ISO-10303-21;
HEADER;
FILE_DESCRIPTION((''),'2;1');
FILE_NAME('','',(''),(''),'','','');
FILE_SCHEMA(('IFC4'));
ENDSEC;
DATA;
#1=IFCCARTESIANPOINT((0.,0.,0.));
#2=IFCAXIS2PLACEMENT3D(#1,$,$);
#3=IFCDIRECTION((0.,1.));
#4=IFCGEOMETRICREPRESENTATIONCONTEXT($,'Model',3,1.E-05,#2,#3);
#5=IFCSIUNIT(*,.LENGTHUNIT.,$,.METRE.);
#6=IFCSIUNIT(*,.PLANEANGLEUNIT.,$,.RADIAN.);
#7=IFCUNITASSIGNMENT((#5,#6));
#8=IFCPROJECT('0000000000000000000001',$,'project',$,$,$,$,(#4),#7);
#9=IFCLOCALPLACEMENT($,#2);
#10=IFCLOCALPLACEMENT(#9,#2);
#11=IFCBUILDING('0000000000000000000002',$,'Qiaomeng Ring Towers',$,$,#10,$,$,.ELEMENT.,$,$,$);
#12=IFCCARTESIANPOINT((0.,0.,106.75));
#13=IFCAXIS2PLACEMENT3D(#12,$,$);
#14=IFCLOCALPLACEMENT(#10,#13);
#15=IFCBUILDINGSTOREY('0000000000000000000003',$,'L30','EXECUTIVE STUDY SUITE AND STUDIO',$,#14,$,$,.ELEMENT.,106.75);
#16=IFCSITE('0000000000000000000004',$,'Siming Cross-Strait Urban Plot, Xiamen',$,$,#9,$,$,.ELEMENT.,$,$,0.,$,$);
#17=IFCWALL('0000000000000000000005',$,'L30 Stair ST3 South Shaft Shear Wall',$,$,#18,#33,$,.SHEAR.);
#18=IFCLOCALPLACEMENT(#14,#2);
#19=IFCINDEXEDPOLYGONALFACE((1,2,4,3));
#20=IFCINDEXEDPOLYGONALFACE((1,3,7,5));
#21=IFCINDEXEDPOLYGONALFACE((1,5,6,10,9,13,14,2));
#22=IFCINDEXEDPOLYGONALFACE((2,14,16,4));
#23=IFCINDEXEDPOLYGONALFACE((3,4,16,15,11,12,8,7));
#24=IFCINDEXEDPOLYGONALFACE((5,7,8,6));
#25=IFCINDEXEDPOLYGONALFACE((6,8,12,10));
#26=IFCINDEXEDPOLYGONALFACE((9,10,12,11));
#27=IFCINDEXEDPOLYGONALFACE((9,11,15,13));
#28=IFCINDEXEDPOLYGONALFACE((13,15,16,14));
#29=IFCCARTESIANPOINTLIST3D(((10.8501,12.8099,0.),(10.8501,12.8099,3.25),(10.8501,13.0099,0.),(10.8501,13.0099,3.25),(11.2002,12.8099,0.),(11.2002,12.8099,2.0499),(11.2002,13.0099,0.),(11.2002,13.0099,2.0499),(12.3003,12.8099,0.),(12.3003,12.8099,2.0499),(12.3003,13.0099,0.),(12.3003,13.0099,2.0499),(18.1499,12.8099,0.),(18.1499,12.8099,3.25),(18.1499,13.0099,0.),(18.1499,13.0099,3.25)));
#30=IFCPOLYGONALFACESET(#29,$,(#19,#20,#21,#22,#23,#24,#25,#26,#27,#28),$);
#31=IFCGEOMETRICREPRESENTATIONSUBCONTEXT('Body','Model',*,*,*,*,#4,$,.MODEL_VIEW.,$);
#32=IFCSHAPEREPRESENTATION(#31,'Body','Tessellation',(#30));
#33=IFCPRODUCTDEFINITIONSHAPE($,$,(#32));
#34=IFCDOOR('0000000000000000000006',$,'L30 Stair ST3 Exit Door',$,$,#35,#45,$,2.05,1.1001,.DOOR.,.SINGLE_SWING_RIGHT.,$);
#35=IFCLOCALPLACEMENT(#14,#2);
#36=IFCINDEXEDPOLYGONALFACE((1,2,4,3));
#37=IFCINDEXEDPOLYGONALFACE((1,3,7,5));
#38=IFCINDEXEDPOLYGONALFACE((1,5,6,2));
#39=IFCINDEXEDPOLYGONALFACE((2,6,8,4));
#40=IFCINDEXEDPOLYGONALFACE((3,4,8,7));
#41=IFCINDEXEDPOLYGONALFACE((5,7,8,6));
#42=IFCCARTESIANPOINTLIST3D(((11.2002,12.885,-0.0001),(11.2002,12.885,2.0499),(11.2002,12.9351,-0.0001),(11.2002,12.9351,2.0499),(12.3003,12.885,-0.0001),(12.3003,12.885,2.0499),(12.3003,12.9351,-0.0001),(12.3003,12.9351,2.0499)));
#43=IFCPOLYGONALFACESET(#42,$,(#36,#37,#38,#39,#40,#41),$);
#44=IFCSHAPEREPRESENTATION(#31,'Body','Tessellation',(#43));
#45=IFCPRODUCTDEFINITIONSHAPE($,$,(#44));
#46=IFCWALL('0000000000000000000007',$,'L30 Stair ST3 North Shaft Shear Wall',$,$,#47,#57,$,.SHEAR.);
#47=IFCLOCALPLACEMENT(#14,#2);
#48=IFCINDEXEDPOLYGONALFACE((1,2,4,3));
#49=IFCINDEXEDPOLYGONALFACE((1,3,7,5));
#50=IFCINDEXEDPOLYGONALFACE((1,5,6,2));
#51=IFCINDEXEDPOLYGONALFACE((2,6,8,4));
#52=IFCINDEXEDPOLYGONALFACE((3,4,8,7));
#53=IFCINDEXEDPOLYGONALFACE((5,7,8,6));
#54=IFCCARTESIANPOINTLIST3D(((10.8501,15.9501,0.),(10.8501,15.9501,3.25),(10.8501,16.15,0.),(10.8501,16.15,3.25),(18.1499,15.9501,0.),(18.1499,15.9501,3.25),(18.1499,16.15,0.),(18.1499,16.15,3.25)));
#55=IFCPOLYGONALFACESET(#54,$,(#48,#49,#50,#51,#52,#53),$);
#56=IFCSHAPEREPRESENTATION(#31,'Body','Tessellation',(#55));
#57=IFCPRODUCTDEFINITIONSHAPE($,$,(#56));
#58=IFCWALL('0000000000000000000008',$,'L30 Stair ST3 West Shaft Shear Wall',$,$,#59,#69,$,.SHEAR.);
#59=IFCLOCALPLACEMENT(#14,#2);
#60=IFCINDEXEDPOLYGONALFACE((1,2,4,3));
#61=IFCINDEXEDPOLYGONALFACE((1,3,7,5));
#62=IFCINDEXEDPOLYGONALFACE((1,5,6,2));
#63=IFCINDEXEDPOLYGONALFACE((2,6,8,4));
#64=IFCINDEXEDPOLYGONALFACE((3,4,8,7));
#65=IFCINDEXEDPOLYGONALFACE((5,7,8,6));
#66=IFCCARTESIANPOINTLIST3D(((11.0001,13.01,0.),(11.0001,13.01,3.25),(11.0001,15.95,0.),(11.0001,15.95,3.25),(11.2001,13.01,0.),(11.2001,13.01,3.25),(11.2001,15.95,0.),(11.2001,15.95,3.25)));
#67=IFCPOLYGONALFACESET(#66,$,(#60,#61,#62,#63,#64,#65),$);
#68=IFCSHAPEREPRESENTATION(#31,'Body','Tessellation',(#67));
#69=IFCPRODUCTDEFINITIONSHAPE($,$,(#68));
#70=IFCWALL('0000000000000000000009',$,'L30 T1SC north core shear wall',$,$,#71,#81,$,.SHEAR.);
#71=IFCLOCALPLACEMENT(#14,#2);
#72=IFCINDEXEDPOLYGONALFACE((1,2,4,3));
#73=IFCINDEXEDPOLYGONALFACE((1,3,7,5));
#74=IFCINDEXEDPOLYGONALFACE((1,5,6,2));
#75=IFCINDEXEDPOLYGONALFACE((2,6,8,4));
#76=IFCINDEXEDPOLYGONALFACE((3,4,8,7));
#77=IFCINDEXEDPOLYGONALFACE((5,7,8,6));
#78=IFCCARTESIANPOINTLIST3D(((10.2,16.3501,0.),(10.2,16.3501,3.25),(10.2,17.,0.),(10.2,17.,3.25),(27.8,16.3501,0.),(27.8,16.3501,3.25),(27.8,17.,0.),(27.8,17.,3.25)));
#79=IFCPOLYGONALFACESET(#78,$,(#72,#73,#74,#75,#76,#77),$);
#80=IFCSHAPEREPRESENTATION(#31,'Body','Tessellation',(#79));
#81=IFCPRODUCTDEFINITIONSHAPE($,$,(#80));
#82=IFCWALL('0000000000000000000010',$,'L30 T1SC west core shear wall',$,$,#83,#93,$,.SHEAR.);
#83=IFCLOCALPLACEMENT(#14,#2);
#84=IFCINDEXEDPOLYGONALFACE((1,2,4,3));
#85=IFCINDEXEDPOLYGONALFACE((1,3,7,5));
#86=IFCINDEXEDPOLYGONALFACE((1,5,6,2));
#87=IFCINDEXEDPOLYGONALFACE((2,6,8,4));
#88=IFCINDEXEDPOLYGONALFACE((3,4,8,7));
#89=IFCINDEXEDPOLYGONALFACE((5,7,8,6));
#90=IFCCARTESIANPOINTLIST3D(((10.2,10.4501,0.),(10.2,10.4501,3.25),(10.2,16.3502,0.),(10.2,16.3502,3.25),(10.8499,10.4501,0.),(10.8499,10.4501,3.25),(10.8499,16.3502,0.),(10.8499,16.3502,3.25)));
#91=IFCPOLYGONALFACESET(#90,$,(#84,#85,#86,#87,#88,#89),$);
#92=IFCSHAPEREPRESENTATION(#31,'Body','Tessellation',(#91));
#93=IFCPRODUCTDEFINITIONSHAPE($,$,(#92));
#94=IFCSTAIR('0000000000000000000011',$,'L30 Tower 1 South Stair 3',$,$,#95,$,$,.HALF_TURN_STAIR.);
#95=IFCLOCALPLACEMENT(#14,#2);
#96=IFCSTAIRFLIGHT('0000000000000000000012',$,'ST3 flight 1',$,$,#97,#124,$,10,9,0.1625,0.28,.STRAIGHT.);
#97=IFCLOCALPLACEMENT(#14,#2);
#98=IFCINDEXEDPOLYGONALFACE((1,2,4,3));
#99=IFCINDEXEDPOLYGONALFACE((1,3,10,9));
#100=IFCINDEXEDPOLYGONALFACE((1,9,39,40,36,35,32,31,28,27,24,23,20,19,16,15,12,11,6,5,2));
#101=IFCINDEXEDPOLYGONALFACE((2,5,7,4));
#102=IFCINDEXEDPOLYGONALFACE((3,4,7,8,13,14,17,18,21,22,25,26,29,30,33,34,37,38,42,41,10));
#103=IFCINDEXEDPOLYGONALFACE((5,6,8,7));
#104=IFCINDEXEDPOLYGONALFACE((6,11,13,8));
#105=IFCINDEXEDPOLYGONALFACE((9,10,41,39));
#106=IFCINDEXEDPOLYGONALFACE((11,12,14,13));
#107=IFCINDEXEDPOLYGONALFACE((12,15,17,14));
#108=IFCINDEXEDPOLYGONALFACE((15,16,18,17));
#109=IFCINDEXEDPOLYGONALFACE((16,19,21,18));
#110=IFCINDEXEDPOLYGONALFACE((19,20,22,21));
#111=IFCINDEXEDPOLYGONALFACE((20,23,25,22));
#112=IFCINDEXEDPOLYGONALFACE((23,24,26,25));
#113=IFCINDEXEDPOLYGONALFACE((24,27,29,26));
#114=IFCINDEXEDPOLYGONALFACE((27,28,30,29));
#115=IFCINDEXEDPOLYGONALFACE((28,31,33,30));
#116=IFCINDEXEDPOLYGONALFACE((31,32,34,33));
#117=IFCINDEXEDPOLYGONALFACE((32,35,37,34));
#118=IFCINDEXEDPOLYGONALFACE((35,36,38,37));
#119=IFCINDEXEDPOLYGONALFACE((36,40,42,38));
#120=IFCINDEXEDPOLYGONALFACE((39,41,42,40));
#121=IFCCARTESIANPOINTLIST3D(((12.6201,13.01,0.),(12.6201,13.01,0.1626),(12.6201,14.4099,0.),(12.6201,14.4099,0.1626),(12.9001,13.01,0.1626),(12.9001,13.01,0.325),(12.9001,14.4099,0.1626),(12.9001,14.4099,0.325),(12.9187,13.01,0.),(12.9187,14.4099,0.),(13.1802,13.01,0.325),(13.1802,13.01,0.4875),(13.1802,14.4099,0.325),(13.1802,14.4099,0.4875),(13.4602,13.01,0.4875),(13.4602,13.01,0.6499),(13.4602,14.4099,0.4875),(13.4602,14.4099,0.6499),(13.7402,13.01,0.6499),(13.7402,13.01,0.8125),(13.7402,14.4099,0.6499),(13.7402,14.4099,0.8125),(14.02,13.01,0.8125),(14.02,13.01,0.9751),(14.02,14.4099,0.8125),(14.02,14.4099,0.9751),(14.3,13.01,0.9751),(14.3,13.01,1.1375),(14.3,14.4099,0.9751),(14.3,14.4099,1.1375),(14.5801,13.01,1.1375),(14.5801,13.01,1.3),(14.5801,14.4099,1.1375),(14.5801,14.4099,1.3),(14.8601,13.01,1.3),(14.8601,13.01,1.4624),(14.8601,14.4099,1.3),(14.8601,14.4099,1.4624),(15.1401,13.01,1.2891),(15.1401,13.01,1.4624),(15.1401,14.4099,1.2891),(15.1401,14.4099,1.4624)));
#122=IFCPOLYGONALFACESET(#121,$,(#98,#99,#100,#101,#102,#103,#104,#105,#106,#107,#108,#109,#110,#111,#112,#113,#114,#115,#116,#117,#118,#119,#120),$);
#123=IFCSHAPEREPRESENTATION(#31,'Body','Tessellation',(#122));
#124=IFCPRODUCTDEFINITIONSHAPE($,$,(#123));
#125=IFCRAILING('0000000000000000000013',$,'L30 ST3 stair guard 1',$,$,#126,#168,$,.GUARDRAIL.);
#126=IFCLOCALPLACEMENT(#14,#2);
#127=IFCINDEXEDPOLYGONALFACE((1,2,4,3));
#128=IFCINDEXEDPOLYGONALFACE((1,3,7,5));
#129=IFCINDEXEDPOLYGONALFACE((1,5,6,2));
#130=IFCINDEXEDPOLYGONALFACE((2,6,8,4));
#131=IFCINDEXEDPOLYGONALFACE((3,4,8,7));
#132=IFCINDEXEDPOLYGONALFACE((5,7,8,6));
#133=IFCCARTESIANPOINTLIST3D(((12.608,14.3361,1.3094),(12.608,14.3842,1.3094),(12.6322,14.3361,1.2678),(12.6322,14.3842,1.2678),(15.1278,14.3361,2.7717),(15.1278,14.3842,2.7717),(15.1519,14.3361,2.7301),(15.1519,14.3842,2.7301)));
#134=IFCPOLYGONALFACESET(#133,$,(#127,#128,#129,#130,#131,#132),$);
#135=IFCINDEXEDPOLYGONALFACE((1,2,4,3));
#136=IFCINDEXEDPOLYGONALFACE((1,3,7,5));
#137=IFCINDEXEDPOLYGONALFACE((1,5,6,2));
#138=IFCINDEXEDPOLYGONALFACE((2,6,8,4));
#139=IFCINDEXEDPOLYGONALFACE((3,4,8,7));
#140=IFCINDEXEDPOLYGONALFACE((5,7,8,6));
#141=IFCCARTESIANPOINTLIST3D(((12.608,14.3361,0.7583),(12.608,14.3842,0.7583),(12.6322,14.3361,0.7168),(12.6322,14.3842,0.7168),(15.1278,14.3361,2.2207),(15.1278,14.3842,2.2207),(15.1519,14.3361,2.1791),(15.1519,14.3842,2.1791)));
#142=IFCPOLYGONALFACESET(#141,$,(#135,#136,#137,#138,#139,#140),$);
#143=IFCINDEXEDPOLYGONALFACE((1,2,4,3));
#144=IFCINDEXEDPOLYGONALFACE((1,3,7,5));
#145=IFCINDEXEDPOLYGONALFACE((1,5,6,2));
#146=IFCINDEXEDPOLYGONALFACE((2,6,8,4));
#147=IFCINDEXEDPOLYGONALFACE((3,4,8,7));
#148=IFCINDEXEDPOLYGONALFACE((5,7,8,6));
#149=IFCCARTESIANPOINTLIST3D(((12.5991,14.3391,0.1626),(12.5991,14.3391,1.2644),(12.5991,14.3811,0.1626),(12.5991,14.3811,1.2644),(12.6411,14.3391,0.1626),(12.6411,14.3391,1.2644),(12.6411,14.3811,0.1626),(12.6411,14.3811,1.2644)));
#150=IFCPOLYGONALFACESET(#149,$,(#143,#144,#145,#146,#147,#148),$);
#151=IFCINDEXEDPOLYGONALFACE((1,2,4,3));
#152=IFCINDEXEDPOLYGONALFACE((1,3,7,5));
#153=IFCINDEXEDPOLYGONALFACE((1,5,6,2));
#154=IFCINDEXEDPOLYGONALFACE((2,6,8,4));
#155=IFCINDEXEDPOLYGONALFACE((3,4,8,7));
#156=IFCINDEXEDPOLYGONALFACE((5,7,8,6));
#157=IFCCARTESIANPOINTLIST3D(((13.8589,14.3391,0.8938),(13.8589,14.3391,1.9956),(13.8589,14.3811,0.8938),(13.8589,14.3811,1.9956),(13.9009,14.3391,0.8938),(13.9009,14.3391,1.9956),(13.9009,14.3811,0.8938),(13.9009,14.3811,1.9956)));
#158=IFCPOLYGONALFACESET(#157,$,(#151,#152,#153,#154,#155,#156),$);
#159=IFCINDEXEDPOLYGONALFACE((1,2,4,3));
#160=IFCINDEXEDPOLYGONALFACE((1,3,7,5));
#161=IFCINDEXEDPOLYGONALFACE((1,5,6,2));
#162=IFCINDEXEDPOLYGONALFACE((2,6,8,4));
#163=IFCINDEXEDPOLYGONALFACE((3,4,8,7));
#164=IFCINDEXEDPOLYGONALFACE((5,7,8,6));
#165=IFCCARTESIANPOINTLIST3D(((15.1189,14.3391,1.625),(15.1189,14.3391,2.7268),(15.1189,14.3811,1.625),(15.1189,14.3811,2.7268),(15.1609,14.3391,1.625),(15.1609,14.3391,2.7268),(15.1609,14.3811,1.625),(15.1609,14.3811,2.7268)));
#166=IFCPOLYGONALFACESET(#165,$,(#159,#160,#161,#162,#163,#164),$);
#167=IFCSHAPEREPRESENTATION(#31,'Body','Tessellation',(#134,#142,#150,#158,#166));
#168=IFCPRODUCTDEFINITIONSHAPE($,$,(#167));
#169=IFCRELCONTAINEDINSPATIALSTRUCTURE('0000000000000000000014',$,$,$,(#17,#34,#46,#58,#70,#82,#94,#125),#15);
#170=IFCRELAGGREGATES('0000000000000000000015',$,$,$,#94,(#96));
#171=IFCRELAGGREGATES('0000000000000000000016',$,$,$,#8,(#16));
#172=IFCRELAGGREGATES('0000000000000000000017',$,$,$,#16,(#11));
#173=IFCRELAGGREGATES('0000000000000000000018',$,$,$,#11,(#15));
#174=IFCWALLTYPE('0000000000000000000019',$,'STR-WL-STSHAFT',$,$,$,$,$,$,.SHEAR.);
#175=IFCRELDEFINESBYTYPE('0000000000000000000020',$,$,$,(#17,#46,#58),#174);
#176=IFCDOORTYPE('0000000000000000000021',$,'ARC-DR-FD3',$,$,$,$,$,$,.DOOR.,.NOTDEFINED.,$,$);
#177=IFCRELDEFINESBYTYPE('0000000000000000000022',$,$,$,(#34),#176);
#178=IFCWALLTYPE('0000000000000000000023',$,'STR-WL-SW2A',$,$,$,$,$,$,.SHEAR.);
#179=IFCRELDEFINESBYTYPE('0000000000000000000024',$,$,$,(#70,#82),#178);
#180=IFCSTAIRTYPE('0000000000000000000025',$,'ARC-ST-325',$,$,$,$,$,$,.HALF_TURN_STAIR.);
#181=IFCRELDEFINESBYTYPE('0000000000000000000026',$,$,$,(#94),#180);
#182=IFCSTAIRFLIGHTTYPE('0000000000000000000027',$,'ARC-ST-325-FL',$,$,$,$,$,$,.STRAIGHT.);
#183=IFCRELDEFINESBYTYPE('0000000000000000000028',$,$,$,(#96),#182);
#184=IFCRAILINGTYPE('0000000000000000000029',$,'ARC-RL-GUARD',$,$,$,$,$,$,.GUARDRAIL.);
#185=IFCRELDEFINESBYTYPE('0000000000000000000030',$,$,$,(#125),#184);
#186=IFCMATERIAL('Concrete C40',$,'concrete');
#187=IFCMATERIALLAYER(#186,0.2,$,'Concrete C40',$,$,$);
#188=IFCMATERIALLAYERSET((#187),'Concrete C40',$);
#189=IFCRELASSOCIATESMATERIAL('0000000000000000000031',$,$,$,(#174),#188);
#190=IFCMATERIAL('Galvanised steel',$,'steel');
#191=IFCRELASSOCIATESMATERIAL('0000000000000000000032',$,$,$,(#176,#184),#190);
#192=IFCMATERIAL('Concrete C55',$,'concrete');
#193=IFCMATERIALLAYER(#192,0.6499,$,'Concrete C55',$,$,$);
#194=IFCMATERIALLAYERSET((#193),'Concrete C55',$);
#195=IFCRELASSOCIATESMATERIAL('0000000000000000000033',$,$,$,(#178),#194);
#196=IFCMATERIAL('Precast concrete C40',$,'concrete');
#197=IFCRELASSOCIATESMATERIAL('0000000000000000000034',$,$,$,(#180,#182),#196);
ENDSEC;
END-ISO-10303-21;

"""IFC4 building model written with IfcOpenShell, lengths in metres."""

from ifc_helpers import new_model, si_unit, direction, frame, frame_2d, origin, origin_2d, place, context, subcontext, project, spatial, polyline, rectangle, outline, extrude, source, transform, mapped, material, layer, layer_set, type_object, element, fill, aggregate, save


model = new_model("IFC4")

# Units and contexts
model_context = context("Model", 3, precision=1e-05, world=origin(), true_north=direction((0.0, 1.0)))
body_context = subcontext(model_context, "Body", "Model", "MODEL_VIEW")
ifc_project = project(units=[si_unit("LENGTHUNIT", "METRE"), si_unit("PLANEANGLEUNIT", "RADIAN")], contexts=[model_context])

# Site, building, storey
site_placement = place(None, origin())
site = spatial("IfcSite", under=ifc_project, at=site_placement, Name="Siming Cross-Strait Urban Plot, Xiamen", CompositionType="ELEMENT", RefElevation=0.0)
building_placement = place(site_placement, origin())
building = spatial("IfcBuilding", under=site, at=building_placement, Name="Qiaomeng Ring Towers", CompositionType="ELEMENT")
storey_placement = place(building_placement, frame((0.0, 0.0, 106.75)))
storey = spatial("IfcBuildingStorey", under=building, at=storey_placement, Name="L30", Description="EXECUTIVE STUDY SUITE AND STUDIO", CompositionType="ELEMENT", Elevation=106.75)

# Wall, opening, door
ifc_material_1 = material(Name="Concrete C40", Category="concrete")
ifc_layer_1 = layer(ifc_material_1, 0.2, Name="Concrete C40")
ifc_layer_set_1 = layer_set([ifc_layer_1], Name="Concrete C40")
wall_type_1 = type_object("IfcWallType", Name="STR-WL-STSHAFT", PredefinedType="SHEAR", material=ifc_layer_set_1)
wall_1_placement = place(storey_placement, frame((10.8501, 12.9099, 0.0), z_axis=(0.0, 0.0, 1.0), x_axis=(1.0, 0.0, 0.0)))
wall_1 = element("IfcWall", 1, at=wall_1_placement, inside=storey, type_object=wall_type_1, Name="L30 Stair ST3 South Shaft Shear Wall", PredefinedType="SHEAR", context=body_context, shape_type="SweptSolid", body=[
    extrude(rectangle(XDim=7.2998, YDim=0.2, at=frame_2d((3.6499, 0.0))), origin(), (0.0, 0.0, 1.0), 3.25),
])
opening_1_placement = place(wall_1_placement, frame((0.3501, 0.0, 0.0)))
opening_1 = element("IfcOpeningElement", 2, at=opening_1_placement, cuts=wall_1, PredefinedType="OPENING", context=body_context, shape_type="SweptSolid", body=[
    extrude(rectangle(XDim=1.1001, YDim=2.05, at=frame_2d((0.55, 1.0249))), frame((0.0, 0.1099, 0.0), z_axis=(0.0, -1.0, 0.0), x_axis=(1.0, 0.0, 0.0)), (0.0, 0.0, 1.0), 0.22),
])
ifc_material_2 = material(Name="Galvanised steel", Category="steel")
door_type_1 = type_object("IfcDoorType", Name="ARC-DR-FD3", OperationType="NOTDEFINED", PredefinedType="DOOR", material=ifc_material_2)
shared_shape_1 = source(origin(), body_context, "Body", "SweptSolid", [
    extrude(rectangle(XDim=1.1001, YDim=2.05, at=frame_2d((0.55, 1.0249))), frame((0.0, 0.0249, 0.0), z_axis=(0.0, -1.0, 0.0), x_axis=(1.0, 0.0, 0.0)), (0.0, 0.0, 1.0), 0.05),
])
door_1_placement = place(opening_1_placement, frame((1.1001, 0.0, 0.0), z_axis=(0.0, 0.0, 1.0), x_axis=(-1.0, 0.0, 0.0)))
door_1 = element("IfcDoor", 3, at=door_1_placement, inside=storey, type_object=door_type_1, Name="L30 Stair ST3 Exit Door", OperationType="SINGLE_SWING_RIGHT", OverallHeight=2.05, OverallWidth=1.1001, PredefinedType="DOOR", context=body_context, shape_type="MappedRepresentation", body=[
    mapped(shared_shape_1, transform((0.0, 0.0, 0.0), x_axis=(1.0, 0.0, 0.0), y_axis=(0.0, 1.0, 0.0), z_axis=(0.0, 0.0, 1.0), scale=1.0)),
])
fill(opening_1, door_1)

# Walls
wall_2_placement = place(storey_placement, frame((10.8501, 16.05, 0.0), z_axis=(0.0, 0.0, 1.0), x_axis=(1.0, 0.0, 0.0)))
element("IfcWall", 4, at=wall_2_placement, inside=storey, type_object=wall_type_1, Name="L30 Stair ST3 North Shaft Shear Wall", PredefinedType="SHEAR", context=body_context, shape_type="SweptSolid", body=[
    extrude(rectangle(XDim=7.2998, YDim=0.2, at=frame_2d((3.6499, 0.0))), origin(), (0.0, 0.0, 1.0), 3.25),
])
wall_3_placement = place(storey_placement, frame((11.1001, 13.01, 0.0), z_axis=(0.0, 0.0, 1.0), x_axis=(0.0, 1.0, 0.0)))
element("IfcWall", 5, at=wall_3_placement, inside=storey, type_object=wall_type_1, Name="L30 Stair ST3 West Shaft Shear Wall", PredefinedType="SHEAR", context=body_context, shape_type="SweptSolid", body=[
    extrude(rectangle(XDim=2.9399, YDim=0.2, at=frame_2d((1.47, 0.0))), origin(), (0.0, 0.0, 1.0), 3.25),
])
ifc_material_3 = material(Name="Concrete C55", Category="concrete")
ifc_layer_2 = layer(ifc_material_3, 0.6499, Name="Concrete C55")
ifc_layer_set_2 = layer_set([ifc_layer_2], Name="Concrete C55")
wall_type_2 = type_object("IfcWallType", Name="STR-WL-SW2A", PredefinedType="SHEAR", material=ifc_layer_set_2)
wall_4_placement = place(storey_placement, frame((10.2, 16.675, 0.0), z_axis=(0.0, 0.0, 1.0), x_axis=(1.0, 0.0, 0.0)))
element("IfcWall", 6, at=wall_4_placement, inside=storey, type_object=wall_type_2, Name="L30 T1SC north core shear wall", PredefinedType="SHEAR", context=body_context, shape_type="SweptSolid", body=[
    extrude(rectangle(XDim=17.6001, YDim=0.6499, at=frame_2d((8.8, 0.0))), origin(), (0.0, 0.0, 1.0), 3.25),
])
wall_5_placement = place(storey_placement, frame((10.5249, 10.45, 0.0), z_axis=(0.0, 0.0, 1.0), x_axis=(0.0, 1.0, 0.0)))
element("IfcWall", 7, at=wall_5_placement, inside=storey, type_object=wall_type_2, Name="L30 T1SC west core shear wall", PredefinedType="SHEAR", context=body_context, shape_type="SweptSolid", body=[
    extrude(rectangle(XDim=5.9001, YDim=0.6499, at=frame_2d((2.9502, 0.0))), origin(), (0.0, 0.0, 1.0), 3.25),
])

# Stair, stair flight
ifc_material_4 = material(Name="Precast concrete C40", Category="concrete")
stair_type = type_object("IfcStairType", Name="ARC-ST-325", PredefinedType="HALF_TURN_STAIR", material=ifc_material_4)
stair_placement = place(storey_placement, origin())
stair = element("IfcStair", 8, at=stair_placement, inside=storey, type_object=stair_type, Name="L30 Tower 1 South Stair 3", PredefinedType="HALF_TURN_STAIR")
stair_flight_type = type_object("IfcStairFlightType", Name="ARC-ST-325-FL", PredefinedType="STRAIGHT", material=ifc_material_4)
shared_shape_2 = source(origin(), body_context, "Body", "SweptSolid", [
    extrude(outline(polyline([(0.0, 0.0), (0.0, 0.1626), (0.28, 0.1626), (0.28, 0.325), (0.5601, 0.325), (0.5601, 0.4875), (0.8401, 0.4875), (0.8401, 0.6499), (1.1201, 0.6499), (1.1201, 0.8125), (1.3999, 0.8125), (1.3999, 0.9751), (1.6799, 0.9751), (1.6799, 1.1375), (1.96, 1.1375), (1.96, 1.3), (2.24, 1.3), (2.24, 1.4624), (2.52, 1.4624), (2.52, 1.625), (2.52, 1.2891), (0.2986, 0.0), (0.0, 0.0)])), frame((0.0, 0.7, 0.0), z_axis=(0.0, -1.0, 0.0), x_axis=(1.0, 0.0, 0.0)), (0.0, 0.0, 1.0), 1.3999),
])
stair_flight_placement = place(storey_placement, frame((12.6201, 13.71, 0.0), z_axis=(0.0, 0.0, 1.0), x_axis=(1.0, 0.0, 0.0)))
stair_flight = element("IfcStairFlight", 9, at=stair_flight_placement, type_object=stair_flight_type, Name="ST3 flight 1", NumberOfRisers=10, NumberOfTreads=9, PredefinedType="STRAIGHT", RiserHeight=0.1625, TreadLength=0.28, context=body_context, shape_type="MappedRepresentation", body=[
    mapped(shared_shape_2, transform((0.0, 0.0, 0.0), x_axis=(1.0, 0.0, 0.0), y_axis=(0.0, 1.0, 0.0), z_axis=(0.0, 0.0, 1.0), scale=1.0)),
])
aggregate(stair, [stair_flight])

# Railing
railing_type_1 = type_object("IfcRailingType", Name="ARC-RL-GUARD", PredefinedType="GUARDRAIL", material=ifc_material_2)
railing_1_placement = place(storey_placement, frame((12.6201, 14.3601, 0.1626)))
element("IfcRailing", 10, at=railing_1_placement, inside=storey, type_object=railing_type_1, Name="L30 ST3 stair guard 1", PredefinedType="GUARDRAIL", context=body_context, shape_type="SweptSolid", body=[
    extrude(rectangle(XDim=0.0481, YDim=0.0481, at=origin_2d()), frame((0.0, 0.0, 1.126), z_axis=(0.864892, 0.0, 0.501958), x_axis=(0.0, 1.0, 0.0)), (0.0, 0.0, 1.0), 2.9133),
    extrude(rectangle(XDim=0.0481, YDim=0.0481, at=origin_2d()), frame((0.0, 0.0, 0.575), z_axis=(0.864892, 0.0, 0.501958), x_axis=(0.0, 1.0, 0.0)), (0.0, 0.0, 1.0), 2.9133),
    extrude(rectangle(XDim=0.042, YDim=0.042, at=origin_2d()), origin(), (0.0, 0.0, 1.0), 1.1018),
    extrude(rectangle(XDim=0.042, YDim=0.042, at=origin_2d()), frame((1.2598, 0.0, 0.7312)), (0.0, 0.0, 1.0), 1.1018),
    extrude(rectangle(XDim=0.042, YDim=0.042, at=origin_2d()), frame((2.5198, 0.0, 1.4624)), (0.0, 0.0, 1.0), 1.1018),
])

save(model, "model.ifc")
